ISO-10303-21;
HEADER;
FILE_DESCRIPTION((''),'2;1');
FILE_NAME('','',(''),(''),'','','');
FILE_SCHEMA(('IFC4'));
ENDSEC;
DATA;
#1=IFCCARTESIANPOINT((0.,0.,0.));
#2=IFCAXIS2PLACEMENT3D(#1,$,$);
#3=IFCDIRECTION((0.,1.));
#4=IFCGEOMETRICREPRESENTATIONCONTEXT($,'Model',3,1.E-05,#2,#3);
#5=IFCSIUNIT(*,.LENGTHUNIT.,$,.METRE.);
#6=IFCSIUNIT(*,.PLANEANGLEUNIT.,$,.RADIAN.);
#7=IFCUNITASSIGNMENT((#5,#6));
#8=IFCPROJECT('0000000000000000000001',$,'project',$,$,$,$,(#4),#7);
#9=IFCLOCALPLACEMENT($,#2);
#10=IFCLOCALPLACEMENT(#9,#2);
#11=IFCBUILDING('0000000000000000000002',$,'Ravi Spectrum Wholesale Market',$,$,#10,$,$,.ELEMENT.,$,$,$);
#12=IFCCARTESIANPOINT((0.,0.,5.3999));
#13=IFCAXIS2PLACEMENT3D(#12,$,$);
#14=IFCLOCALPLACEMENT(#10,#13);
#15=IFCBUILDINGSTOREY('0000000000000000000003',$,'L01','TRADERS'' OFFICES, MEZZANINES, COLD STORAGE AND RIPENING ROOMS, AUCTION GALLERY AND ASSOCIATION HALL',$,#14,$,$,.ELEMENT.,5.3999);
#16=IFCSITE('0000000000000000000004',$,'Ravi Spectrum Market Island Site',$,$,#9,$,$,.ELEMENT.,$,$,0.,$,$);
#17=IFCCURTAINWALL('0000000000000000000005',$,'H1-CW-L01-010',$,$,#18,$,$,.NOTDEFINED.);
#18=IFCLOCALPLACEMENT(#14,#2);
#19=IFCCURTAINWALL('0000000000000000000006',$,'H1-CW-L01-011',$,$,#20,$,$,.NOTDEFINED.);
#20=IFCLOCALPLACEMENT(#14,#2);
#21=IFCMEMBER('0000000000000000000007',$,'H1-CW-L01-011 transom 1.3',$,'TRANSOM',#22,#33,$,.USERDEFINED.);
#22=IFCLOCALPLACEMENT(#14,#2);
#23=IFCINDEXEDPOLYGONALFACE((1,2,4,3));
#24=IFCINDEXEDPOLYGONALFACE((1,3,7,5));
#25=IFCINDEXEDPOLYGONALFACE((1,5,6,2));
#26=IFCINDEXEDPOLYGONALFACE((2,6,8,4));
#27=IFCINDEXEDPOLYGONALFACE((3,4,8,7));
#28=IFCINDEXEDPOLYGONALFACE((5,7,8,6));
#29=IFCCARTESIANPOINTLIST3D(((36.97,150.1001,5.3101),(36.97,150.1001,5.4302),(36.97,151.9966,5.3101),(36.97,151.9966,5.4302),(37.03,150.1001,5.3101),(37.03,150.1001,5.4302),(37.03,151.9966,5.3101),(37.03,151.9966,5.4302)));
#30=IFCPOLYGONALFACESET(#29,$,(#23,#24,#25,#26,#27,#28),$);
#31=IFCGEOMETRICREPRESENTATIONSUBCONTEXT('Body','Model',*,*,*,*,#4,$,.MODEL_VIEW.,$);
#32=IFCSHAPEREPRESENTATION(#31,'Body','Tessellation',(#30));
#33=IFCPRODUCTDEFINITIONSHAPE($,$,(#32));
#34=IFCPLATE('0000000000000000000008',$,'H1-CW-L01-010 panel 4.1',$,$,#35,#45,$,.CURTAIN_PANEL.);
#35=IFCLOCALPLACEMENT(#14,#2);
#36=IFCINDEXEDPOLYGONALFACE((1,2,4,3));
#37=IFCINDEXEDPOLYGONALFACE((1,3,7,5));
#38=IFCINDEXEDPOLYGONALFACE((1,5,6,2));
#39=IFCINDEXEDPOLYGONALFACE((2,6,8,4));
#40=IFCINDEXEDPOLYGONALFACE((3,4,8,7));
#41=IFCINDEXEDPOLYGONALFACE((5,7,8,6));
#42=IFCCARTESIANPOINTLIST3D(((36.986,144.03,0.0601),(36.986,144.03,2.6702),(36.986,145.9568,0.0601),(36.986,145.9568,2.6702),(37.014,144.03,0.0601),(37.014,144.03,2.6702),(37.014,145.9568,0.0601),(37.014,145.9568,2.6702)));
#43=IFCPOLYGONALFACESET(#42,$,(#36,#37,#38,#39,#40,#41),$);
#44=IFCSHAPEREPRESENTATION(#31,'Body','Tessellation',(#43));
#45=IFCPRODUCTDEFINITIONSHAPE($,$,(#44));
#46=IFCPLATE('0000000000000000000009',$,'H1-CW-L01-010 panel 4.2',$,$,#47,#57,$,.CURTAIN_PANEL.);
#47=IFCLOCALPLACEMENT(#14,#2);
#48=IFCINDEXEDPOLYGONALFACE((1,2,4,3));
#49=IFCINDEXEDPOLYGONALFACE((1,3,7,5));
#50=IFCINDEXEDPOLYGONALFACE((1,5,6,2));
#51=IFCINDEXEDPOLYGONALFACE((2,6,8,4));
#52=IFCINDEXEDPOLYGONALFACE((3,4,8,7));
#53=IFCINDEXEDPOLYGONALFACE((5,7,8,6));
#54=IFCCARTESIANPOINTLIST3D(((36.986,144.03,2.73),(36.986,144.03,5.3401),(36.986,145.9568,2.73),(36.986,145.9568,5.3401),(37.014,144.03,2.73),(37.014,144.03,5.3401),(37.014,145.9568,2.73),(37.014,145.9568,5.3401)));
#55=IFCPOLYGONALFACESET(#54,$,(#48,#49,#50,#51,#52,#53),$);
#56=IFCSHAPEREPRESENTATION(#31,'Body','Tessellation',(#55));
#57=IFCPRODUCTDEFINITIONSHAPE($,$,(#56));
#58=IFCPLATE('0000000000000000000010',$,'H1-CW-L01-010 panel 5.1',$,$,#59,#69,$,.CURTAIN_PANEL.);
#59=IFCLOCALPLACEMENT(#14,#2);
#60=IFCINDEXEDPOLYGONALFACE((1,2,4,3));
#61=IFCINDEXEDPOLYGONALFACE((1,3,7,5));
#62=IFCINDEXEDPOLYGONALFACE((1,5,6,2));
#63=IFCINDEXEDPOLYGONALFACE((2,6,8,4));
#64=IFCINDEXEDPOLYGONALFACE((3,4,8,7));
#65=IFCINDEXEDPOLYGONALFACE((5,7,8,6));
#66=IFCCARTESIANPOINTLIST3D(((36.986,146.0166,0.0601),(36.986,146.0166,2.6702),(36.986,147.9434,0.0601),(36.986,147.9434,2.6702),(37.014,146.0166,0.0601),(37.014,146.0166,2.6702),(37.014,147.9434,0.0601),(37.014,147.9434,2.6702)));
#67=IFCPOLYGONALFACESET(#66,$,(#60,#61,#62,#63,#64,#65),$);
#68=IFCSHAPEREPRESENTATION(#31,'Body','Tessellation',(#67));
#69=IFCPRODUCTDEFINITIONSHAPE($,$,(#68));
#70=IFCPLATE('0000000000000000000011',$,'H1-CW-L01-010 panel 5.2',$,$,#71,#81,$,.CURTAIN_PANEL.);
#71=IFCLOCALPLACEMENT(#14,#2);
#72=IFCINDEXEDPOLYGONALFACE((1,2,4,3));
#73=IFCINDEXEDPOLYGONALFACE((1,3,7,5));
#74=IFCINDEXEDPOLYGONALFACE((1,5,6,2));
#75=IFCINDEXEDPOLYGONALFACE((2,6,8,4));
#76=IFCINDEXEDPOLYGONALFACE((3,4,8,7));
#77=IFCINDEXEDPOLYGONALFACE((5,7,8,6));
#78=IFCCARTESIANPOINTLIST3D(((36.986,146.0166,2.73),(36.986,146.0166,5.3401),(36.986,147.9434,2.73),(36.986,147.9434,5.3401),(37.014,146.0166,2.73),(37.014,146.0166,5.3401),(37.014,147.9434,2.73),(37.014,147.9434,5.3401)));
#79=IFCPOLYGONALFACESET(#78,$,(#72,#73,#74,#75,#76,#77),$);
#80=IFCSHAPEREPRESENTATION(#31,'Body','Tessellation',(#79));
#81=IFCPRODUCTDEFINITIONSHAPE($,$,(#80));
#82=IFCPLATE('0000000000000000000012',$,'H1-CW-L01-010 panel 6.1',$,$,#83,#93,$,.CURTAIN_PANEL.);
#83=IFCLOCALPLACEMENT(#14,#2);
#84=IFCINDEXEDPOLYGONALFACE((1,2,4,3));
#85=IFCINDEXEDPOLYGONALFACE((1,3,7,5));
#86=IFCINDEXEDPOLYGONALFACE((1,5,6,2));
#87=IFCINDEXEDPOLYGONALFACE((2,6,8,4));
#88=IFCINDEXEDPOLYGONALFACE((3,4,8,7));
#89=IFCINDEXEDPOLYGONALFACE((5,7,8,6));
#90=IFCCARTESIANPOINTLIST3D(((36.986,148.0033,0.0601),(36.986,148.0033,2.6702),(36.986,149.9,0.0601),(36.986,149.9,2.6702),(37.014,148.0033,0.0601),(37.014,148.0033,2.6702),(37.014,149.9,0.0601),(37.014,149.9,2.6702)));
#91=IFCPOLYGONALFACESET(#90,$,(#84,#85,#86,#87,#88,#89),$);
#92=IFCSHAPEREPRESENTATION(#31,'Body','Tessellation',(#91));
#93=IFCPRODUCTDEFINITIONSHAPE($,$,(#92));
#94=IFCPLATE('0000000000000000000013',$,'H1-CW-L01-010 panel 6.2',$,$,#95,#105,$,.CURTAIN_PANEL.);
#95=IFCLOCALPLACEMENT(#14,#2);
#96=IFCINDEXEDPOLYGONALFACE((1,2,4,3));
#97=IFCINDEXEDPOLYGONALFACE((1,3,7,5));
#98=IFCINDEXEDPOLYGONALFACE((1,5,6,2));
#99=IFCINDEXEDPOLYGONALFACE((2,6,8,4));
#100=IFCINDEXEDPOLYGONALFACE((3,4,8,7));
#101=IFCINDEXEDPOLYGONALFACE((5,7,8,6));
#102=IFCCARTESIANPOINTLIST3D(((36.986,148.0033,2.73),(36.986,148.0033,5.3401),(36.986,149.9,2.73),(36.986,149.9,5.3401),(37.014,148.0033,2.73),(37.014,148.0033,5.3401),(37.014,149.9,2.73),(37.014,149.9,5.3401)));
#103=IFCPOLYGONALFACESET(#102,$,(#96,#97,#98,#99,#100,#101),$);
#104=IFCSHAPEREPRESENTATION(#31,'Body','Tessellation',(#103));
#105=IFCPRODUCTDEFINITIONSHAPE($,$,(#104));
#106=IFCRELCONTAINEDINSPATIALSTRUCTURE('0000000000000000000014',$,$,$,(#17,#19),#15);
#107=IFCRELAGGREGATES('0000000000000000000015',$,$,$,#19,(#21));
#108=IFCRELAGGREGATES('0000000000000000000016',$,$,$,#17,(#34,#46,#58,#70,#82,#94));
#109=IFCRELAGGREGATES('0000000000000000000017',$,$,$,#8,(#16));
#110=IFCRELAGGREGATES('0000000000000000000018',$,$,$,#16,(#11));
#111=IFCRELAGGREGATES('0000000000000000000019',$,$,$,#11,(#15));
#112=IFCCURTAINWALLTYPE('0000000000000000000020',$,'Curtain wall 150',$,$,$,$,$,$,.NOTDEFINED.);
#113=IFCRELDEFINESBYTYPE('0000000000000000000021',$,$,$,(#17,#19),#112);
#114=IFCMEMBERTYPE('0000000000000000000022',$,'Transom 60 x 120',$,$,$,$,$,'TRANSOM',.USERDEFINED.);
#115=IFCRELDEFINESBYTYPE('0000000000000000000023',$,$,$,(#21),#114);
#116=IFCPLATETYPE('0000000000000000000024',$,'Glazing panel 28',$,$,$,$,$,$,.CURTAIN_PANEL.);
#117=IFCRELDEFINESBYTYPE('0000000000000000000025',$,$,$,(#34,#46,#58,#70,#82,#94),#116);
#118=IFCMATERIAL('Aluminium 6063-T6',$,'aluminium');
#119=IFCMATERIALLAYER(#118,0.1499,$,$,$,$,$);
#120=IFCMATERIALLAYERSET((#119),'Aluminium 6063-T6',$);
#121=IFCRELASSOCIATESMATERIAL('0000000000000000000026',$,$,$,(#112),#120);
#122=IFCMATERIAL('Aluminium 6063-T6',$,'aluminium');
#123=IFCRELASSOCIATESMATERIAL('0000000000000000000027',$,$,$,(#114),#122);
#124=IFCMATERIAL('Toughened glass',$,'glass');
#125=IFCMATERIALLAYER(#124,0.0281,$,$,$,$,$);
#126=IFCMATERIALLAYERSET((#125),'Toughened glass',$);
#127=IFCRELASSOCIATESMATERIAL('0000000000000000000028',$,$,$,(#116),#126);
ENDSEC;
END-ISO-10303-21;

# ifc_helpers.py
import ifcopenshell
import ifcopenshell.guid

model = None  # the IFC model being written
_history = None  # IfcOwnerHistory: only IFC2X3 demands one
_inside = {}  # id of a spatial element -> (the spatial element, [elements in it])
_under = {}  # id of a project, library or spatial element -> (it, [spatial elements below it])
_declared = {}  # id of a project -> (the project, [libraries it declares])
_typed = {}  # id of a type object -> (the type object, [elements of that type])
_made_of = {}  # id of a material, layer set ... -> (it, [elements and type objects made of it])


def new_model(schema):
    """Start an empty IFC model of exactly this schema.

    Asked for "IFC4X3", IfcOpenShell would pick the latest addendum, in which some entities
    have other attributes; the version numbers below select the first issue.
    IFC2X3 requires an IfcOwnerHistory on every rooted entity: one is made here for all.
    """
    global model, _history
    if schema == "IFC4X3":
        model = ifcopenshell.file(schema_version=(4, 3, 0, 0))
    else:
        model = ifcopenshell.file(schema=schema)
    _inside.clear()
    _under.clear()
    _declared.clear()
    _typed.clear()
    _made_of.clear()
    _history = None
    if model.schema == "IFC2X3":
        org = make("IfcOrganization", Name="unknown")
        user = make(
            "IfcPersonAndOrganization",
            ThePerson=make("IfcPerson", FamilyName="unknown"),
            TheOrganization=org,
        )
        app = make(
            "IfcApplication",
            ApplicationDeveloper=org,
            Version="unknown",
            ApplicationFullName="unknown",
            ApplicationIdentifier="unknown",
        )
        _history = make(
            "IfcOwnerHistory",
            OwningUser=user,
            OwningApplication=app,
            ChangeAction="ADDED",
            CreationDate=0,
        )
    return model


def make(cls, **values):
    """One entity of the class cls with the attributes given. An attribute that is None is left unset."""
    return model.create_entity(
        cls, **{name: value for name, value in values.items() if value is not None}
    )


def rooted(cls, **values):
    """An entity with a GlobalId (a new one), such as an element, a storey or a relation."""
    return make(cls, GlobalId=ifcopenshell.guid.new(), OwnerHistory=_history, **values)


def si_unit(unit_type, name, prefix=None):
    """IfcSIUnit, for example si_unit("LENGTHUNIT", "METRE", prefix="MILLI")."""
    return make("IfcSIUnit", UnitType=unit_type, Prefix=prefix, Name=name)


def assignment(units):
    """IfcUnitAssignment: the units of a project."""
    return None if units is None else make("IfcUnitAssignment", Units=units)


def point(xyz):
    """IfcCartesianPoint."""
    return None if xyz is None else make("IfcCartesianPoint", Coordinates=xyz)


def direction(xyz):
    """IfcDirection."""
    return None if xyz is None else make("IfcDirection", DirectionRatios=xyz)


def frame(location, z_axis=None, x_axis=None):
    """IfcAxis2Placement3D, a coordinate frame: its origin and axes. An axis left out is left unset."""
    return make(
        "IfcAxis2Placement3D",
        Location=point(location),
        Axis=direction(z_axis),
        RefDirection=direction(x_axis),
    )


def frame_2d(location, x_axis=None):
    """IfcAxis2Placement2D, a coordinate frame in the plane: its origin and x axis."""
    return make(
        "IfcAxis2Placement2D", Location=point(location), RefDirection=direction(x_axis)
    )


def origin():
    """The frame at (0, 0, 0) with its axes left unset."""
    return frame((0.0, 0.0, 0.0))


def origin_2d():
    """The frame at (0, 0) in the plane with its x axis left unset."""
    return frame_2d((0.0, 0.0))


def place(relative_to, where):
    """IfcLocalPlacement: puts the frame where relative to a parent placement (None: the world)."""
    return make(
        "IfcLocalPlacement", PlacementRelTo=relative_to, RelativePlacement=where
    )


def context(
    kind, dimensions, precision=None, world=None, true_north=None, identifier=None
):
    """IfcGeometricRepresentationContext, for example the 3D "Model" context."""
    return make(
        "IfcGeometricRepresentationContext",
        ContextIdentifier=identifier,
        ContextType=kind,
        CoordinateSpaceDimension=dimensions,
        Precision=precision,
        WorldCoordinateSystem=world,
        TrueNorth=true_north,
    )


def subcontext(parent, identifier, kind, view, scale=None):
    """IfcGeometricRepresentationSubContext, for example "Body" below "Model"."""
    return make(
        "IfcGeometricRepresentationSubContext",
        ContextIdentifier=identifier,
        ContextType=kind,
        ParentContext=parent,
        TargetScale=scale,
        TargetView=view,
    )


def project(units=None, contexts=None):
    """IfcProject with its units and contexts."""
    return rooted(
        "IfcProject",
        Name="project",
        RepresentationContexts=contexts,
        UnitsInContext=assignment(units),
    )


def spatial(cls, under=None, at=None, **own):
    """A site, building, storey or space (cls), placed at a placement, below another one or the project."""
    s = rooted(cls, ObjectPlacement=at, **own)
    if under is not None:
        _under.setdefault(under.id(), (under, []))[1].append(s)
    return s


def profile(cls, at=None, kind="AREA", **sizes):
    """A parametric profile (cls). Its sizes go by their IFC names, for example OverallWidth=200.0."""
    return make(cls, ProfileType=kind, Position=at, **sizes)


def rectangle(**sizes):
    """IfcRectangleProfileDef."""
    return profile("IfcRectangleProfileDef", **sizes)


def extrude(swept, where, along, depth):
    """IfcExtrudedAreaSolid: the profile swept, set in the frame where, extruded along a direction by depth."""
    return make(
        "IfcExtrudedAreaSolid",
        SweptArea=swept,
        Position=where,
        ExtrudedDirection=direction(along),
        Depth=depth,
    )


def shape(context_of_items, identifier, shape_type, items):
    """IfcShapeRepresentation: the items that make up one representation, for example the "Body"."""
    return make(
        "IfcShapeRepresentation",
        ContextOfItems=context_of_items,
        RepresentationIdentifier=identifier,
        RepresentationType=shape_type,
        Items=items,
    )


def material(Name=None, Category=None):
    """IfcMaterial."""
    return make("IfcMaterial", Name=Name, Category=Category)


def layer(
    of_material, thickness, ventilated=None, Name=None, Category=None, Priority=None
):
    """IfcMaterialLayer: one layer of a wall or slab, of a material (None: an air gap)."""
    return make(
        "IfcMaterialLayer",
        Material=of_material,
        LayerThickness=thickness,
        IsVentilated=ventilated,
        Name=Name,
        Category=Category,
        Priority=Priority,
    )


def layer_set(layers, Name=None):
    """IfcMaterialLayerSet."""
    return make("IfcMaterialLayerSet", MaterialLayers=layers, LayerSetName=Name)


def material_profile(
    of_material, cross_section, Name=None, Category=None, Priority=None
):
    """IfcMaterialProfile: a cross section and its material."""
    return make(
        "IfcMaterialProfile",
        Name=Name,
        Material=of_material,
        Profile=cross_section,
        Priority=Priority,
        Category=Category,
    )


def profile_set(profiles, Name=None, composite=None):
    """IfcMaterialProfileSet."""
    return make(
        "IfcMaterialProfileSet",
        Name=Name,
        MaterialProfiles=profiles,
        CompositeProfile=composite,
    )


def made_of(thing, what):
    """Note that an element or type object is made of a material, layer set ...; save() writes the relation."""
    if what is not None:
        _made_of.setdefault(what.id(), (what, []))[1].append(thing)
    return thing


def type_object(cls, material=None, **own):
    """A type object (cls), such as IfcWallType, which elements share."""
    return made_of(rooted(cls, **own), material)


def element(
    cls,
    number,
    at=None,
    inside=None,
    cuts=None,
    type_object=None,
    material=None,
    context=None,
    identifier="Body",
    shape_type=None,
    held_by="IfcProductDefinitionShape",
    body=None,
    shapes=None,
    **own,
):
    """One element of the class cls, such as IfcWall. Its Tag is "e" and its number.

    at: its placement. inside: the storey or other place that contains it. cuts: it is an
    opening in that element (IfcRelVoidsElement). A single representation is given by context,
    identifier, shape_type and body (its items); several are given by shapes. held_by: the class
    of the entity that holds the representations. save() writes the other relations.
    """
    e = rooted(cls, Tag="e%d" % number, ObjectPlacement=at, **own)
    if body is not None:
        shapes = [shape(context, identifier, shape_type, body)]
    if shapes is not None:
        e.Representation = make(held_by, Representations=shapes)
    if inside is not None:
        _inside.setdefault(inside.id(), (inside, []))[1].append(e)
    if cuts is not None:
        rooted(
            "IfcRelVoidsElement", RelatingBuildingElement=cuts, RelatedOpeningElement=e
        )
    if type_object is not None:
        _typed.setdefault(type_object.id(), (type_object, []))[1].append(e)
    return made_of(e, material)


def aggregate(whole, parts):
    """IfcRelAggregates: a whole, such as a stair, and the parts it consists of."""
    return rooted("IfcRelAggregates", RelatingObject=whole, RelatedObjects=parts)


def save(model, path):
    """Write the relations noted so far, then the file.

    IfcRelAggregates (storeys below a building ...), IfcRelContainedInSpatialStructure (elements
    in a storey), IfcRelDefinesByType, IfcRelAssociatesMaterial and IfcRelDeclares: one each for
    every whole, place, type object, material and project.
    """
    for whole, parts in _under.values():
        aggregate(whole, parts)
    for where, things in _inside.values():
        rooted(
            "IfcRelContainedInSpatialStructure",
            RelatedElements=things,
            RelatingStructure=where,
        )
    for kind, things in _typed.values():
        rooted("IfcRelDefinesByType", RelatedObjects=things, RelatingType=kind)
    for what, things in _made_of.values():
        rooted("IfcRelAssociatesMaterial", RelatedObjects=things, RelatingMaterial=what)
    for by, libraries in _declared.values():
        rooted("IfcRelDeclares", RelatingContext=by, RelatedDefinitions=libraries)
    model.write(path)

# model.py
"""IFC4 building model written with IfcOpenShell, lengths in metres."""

from ifc_helpers import new_model, si_unit, direction, frame, origin, origin_2d, place, context, subcontext, project, spatial, rectangle, extrude, material, layer, layer_set, material_profile, profile_set, type_object, element, aggregate, save


model = new_model("IFC4")

# Units and contexts
model_context = context("Model", 3, precision=1e-05, world=origin(), true_north=direction((0.0, 1.0)))
body_context = subcontext(model_context, "Body", "Model", "MODEL_VIEW")
ifc_project = project(units=[si_unit("LENGTHUNIT", "METRE"), si_unit("PLANEANGLEUNIT", "RADIAN")], contexts=[model_context])

# Site, building, storey
site_placement = place(None, origin())
site = spatial("IfcSite", under=ifc_project, at=site_placement, Name="Ravi Spectrum Market Island Site", CompositionType="ELEMENT", RefElevation=0.0)
building_placement = place(site_placement, origin())
building = spatial("IfcBuilding", under=site, at=building_placement, Name="Ravi Spectrum Wholesale Market", CompositionType="ELEMENT")
storey_placement = place(building_placement, frame((0.0, 0.0, 5.3999)))
storey = spatial("IfcBuildingStorey", under=building, at=storey_placement, Name="L01", Description="TRADERS' OFFICES, MEZZANINES, COLD STORAGE AND RIPENING ROOMS, AUCTION GALLERY AND ASSOCIATION HALL", CompositionType="ELEMENT", Elevation=5.3999)

# Curtain wall
ifc_material_1 = material(Name="Aluminium 6063-T6", Category="aluminium")
ifc_layer_1 = layer(ifc_material_1, 0.1499)
ifc_layer_set_1 = layer_set([ifc_layer_1], Name="Aluminium 6063-T6")
curtain_wall_type = type_object("IfcCurtainWallType", Name="Curtain wall 150", PredefinedType="NOTDEFINED", material=ifc_layer_set_1)
curtain_wall_1_placement = place(storey_placement, origin())
curtain_wall_1 = element("IfcCurtainWall", 1, at=curtain_wall_1_placement, inside=storey, type_object=curtain_wall_type, Name="H1-CW-L01-010", PredefinedType="NOTDEFINED")

# Curtain wall
curtain_wall_2_placement = place(storey_placement, origin())
curtain_wall_2 = element("IfcCurtainWall", 2, at=curtain_wall_2_placement, inside=storey, type_object=curtain_wall_type, Name="H1-CW-L01-011", PredefinedType="NOTDEFINED")

# Member
ifc_material_2 = material(Name="Aluminium 6063-T6", Category="aluminium")
ifc_material_profile_1 = material_profile(ifc_material_2, rectangle(XDim=0.0601, YDim=0.1201, at=origin_2d()))
ifc_profile_set_1 = profile_set([ifc_material_profile_1], Name="Aluminium 6063-T6")
member_type_1 = type_object("IfcMemberType", Name="Transom 60 x 120", ElementType="TRANSOM", PredefinedType="USERDEFINED", material=ifc_profile_set_1)
member_1_placement = place(storey_placement, frame((37.0, 150.1001, 5.3701), z_axis=(0.0, 1.0, 0.0), x_axis=(-1.0, 0.0, 0.0)))
member_1 = element("IfcMember", 3, at=member_1_placement, type_object=member_type_1, Name="H1-CW-L01-011 transom 1.3", ObjectType="TRANSOM", PredefinedType="USERDEFINED", context=body_context, shape_type="SweptSolid", body=[
    extrude(rectangle(XDim=0.0601, YDim=0.1201, at=origin_2d()), origin(), (0.0, 0.0, 1.0), 1.8965),
])
aggregate(curtain_wall_2, [member_1])

# Plates
ifc_material_3 = material(Name="Toughened glass", Category="glass")
ifc_layer_2 = layer(ifc_material_3, 0.0281)
ifc_layer_set_2 = layer_set([ifc_layer_2], Name="Toughened glass")
plate_type = type_object("IfcPlateType", Name="Glazing panel 28", PredefinedType="CURTAIN_PANEL", material=ifc_layer_set_2)
plate_1_placement = place(storey_placement, frame((37.0, 144.9934, 0.0601), z_axis=(0.0, 0.0, 1.0), x_axis=(0.0, 1.0, 0.0)))
plate_1 = element("IfcPlate", 4, at=plate_1_placement, type_object=plate_type, Name="H1-CW-L01-010 panel 4.1", PredefinedType="CURTAIN_PANEL", context=body_context, shape_type="SweptSolid", body=[
    extrude(rectangle(XDim=1.9268, YDim=0.0281, at=origin_2d()), origin(), (0.0, 0.0, 1.0), 2.6101),
])
plate_2_placement = place(storey_placement, frame((37.0, 144.9934, 2.73), z_axis=(0.0, 0.0, 1.0), x_axis=(0.0, 1.0, 0.0)))
plate_2 = element("IfcPlate", 5, at=plate_2_placement, type_object=plate_type, Name="H1-CW-L01-010 panel 4.2", PredefinedType="CURTAIN_PANEL", context=body_context, shape_type="SweptSolid", body=[
    extrude(rectangle(XDim=1.9268, YDim=0.0281, at=origin_2d()), origin(), (0.0, 0.0, 1.0), 2.6101),
])
plate_3_placement = place(storey_placement, frame((37.0, 146.98, 0.0601), z_axis=(0.0, 0.0, 1.0), x_axis=(0.0, 1.0, 0.0)))
plate_3 = element("IfcPlate", 6, at=plate_3_placement, type_object=plate_type, Name="H1-CW-L01-010 panel 5.1", PredefinedType="CURTAIN_PANEL", context=body_context, shape_type="SweptSolid", body=[
    extrude(rectangle(XDim=1.9268, YDim=0.0281, at=origin_2d()), origin(), (0.0, 0.0, 1.0), 2.6101),
])
plate_4_placement = place(storey_placement, frame((37.0, 146.98, 2.73), z_axis=(0.0, 0.0, 1.0), x_axis=(0.0, 1.0, 0.0)))
plate_4 = element("IfcPlate", 7, at=plate_4_placement, type_object=plate_type, Name="H1-CW-L01-010 panel 5.2", PredefinedType="CURTAIN_PANEL", context=body_context, shape_type="SweptSolid", body=[
    extrude(rectangle(XDim=1.9268, YDim=0.0281, at=origin_2d()), origin(), (0.0, 0.0, 1.0), 2.6101),
])
plate_5_placement = place(storey_placement, frame((37.0, 148.9517, 0.0601), z_axis=(0.0, 0.0, 1.0), x_axis=(0.0, 1.0, 0.0)))
plate_5 = element("IfcPlate", 8, at=plate_5_placement, type_object=plate_type, Name="H1-CW-L01-010 panel 6.1", PredefinedType="CURTAIN_PANEL", context=body_context, shape_type="SweptSolid", body=[
    extrude(rectangle(XDim=1.8967, YDim=0.0281, at=origin_2d()), origin(), (0.0, 0.0, 1.0), 2.6101),
])
plate_6_placement = place(storey_placement, frame((37.0, 148.9517, 2.73), z_axis=(0.0, 0.0, 1.0), x_axis=(0.0, 1.0, 0.0)))
plate_6 = element("IfcPlate", 9, at=plate_6_placement, type_object=plate_type, Name="H1-CW-L01-010 panel 6.2", PredefinedType="CURTAIN_PANEL", context=body_context, shape_type="SweptSolid", body=[
    extrude(rectangle(XDim=1.8967, YDim=0.0281, at=origin_2d()), origin(), (0.0, 0.0, 1.0), 2.6101),
])
aggregate(curtain_wall_1, [plate_1, plate_2, plate_3, plate_4, plate_5, plate_6])

save(model, "model.ifc")
